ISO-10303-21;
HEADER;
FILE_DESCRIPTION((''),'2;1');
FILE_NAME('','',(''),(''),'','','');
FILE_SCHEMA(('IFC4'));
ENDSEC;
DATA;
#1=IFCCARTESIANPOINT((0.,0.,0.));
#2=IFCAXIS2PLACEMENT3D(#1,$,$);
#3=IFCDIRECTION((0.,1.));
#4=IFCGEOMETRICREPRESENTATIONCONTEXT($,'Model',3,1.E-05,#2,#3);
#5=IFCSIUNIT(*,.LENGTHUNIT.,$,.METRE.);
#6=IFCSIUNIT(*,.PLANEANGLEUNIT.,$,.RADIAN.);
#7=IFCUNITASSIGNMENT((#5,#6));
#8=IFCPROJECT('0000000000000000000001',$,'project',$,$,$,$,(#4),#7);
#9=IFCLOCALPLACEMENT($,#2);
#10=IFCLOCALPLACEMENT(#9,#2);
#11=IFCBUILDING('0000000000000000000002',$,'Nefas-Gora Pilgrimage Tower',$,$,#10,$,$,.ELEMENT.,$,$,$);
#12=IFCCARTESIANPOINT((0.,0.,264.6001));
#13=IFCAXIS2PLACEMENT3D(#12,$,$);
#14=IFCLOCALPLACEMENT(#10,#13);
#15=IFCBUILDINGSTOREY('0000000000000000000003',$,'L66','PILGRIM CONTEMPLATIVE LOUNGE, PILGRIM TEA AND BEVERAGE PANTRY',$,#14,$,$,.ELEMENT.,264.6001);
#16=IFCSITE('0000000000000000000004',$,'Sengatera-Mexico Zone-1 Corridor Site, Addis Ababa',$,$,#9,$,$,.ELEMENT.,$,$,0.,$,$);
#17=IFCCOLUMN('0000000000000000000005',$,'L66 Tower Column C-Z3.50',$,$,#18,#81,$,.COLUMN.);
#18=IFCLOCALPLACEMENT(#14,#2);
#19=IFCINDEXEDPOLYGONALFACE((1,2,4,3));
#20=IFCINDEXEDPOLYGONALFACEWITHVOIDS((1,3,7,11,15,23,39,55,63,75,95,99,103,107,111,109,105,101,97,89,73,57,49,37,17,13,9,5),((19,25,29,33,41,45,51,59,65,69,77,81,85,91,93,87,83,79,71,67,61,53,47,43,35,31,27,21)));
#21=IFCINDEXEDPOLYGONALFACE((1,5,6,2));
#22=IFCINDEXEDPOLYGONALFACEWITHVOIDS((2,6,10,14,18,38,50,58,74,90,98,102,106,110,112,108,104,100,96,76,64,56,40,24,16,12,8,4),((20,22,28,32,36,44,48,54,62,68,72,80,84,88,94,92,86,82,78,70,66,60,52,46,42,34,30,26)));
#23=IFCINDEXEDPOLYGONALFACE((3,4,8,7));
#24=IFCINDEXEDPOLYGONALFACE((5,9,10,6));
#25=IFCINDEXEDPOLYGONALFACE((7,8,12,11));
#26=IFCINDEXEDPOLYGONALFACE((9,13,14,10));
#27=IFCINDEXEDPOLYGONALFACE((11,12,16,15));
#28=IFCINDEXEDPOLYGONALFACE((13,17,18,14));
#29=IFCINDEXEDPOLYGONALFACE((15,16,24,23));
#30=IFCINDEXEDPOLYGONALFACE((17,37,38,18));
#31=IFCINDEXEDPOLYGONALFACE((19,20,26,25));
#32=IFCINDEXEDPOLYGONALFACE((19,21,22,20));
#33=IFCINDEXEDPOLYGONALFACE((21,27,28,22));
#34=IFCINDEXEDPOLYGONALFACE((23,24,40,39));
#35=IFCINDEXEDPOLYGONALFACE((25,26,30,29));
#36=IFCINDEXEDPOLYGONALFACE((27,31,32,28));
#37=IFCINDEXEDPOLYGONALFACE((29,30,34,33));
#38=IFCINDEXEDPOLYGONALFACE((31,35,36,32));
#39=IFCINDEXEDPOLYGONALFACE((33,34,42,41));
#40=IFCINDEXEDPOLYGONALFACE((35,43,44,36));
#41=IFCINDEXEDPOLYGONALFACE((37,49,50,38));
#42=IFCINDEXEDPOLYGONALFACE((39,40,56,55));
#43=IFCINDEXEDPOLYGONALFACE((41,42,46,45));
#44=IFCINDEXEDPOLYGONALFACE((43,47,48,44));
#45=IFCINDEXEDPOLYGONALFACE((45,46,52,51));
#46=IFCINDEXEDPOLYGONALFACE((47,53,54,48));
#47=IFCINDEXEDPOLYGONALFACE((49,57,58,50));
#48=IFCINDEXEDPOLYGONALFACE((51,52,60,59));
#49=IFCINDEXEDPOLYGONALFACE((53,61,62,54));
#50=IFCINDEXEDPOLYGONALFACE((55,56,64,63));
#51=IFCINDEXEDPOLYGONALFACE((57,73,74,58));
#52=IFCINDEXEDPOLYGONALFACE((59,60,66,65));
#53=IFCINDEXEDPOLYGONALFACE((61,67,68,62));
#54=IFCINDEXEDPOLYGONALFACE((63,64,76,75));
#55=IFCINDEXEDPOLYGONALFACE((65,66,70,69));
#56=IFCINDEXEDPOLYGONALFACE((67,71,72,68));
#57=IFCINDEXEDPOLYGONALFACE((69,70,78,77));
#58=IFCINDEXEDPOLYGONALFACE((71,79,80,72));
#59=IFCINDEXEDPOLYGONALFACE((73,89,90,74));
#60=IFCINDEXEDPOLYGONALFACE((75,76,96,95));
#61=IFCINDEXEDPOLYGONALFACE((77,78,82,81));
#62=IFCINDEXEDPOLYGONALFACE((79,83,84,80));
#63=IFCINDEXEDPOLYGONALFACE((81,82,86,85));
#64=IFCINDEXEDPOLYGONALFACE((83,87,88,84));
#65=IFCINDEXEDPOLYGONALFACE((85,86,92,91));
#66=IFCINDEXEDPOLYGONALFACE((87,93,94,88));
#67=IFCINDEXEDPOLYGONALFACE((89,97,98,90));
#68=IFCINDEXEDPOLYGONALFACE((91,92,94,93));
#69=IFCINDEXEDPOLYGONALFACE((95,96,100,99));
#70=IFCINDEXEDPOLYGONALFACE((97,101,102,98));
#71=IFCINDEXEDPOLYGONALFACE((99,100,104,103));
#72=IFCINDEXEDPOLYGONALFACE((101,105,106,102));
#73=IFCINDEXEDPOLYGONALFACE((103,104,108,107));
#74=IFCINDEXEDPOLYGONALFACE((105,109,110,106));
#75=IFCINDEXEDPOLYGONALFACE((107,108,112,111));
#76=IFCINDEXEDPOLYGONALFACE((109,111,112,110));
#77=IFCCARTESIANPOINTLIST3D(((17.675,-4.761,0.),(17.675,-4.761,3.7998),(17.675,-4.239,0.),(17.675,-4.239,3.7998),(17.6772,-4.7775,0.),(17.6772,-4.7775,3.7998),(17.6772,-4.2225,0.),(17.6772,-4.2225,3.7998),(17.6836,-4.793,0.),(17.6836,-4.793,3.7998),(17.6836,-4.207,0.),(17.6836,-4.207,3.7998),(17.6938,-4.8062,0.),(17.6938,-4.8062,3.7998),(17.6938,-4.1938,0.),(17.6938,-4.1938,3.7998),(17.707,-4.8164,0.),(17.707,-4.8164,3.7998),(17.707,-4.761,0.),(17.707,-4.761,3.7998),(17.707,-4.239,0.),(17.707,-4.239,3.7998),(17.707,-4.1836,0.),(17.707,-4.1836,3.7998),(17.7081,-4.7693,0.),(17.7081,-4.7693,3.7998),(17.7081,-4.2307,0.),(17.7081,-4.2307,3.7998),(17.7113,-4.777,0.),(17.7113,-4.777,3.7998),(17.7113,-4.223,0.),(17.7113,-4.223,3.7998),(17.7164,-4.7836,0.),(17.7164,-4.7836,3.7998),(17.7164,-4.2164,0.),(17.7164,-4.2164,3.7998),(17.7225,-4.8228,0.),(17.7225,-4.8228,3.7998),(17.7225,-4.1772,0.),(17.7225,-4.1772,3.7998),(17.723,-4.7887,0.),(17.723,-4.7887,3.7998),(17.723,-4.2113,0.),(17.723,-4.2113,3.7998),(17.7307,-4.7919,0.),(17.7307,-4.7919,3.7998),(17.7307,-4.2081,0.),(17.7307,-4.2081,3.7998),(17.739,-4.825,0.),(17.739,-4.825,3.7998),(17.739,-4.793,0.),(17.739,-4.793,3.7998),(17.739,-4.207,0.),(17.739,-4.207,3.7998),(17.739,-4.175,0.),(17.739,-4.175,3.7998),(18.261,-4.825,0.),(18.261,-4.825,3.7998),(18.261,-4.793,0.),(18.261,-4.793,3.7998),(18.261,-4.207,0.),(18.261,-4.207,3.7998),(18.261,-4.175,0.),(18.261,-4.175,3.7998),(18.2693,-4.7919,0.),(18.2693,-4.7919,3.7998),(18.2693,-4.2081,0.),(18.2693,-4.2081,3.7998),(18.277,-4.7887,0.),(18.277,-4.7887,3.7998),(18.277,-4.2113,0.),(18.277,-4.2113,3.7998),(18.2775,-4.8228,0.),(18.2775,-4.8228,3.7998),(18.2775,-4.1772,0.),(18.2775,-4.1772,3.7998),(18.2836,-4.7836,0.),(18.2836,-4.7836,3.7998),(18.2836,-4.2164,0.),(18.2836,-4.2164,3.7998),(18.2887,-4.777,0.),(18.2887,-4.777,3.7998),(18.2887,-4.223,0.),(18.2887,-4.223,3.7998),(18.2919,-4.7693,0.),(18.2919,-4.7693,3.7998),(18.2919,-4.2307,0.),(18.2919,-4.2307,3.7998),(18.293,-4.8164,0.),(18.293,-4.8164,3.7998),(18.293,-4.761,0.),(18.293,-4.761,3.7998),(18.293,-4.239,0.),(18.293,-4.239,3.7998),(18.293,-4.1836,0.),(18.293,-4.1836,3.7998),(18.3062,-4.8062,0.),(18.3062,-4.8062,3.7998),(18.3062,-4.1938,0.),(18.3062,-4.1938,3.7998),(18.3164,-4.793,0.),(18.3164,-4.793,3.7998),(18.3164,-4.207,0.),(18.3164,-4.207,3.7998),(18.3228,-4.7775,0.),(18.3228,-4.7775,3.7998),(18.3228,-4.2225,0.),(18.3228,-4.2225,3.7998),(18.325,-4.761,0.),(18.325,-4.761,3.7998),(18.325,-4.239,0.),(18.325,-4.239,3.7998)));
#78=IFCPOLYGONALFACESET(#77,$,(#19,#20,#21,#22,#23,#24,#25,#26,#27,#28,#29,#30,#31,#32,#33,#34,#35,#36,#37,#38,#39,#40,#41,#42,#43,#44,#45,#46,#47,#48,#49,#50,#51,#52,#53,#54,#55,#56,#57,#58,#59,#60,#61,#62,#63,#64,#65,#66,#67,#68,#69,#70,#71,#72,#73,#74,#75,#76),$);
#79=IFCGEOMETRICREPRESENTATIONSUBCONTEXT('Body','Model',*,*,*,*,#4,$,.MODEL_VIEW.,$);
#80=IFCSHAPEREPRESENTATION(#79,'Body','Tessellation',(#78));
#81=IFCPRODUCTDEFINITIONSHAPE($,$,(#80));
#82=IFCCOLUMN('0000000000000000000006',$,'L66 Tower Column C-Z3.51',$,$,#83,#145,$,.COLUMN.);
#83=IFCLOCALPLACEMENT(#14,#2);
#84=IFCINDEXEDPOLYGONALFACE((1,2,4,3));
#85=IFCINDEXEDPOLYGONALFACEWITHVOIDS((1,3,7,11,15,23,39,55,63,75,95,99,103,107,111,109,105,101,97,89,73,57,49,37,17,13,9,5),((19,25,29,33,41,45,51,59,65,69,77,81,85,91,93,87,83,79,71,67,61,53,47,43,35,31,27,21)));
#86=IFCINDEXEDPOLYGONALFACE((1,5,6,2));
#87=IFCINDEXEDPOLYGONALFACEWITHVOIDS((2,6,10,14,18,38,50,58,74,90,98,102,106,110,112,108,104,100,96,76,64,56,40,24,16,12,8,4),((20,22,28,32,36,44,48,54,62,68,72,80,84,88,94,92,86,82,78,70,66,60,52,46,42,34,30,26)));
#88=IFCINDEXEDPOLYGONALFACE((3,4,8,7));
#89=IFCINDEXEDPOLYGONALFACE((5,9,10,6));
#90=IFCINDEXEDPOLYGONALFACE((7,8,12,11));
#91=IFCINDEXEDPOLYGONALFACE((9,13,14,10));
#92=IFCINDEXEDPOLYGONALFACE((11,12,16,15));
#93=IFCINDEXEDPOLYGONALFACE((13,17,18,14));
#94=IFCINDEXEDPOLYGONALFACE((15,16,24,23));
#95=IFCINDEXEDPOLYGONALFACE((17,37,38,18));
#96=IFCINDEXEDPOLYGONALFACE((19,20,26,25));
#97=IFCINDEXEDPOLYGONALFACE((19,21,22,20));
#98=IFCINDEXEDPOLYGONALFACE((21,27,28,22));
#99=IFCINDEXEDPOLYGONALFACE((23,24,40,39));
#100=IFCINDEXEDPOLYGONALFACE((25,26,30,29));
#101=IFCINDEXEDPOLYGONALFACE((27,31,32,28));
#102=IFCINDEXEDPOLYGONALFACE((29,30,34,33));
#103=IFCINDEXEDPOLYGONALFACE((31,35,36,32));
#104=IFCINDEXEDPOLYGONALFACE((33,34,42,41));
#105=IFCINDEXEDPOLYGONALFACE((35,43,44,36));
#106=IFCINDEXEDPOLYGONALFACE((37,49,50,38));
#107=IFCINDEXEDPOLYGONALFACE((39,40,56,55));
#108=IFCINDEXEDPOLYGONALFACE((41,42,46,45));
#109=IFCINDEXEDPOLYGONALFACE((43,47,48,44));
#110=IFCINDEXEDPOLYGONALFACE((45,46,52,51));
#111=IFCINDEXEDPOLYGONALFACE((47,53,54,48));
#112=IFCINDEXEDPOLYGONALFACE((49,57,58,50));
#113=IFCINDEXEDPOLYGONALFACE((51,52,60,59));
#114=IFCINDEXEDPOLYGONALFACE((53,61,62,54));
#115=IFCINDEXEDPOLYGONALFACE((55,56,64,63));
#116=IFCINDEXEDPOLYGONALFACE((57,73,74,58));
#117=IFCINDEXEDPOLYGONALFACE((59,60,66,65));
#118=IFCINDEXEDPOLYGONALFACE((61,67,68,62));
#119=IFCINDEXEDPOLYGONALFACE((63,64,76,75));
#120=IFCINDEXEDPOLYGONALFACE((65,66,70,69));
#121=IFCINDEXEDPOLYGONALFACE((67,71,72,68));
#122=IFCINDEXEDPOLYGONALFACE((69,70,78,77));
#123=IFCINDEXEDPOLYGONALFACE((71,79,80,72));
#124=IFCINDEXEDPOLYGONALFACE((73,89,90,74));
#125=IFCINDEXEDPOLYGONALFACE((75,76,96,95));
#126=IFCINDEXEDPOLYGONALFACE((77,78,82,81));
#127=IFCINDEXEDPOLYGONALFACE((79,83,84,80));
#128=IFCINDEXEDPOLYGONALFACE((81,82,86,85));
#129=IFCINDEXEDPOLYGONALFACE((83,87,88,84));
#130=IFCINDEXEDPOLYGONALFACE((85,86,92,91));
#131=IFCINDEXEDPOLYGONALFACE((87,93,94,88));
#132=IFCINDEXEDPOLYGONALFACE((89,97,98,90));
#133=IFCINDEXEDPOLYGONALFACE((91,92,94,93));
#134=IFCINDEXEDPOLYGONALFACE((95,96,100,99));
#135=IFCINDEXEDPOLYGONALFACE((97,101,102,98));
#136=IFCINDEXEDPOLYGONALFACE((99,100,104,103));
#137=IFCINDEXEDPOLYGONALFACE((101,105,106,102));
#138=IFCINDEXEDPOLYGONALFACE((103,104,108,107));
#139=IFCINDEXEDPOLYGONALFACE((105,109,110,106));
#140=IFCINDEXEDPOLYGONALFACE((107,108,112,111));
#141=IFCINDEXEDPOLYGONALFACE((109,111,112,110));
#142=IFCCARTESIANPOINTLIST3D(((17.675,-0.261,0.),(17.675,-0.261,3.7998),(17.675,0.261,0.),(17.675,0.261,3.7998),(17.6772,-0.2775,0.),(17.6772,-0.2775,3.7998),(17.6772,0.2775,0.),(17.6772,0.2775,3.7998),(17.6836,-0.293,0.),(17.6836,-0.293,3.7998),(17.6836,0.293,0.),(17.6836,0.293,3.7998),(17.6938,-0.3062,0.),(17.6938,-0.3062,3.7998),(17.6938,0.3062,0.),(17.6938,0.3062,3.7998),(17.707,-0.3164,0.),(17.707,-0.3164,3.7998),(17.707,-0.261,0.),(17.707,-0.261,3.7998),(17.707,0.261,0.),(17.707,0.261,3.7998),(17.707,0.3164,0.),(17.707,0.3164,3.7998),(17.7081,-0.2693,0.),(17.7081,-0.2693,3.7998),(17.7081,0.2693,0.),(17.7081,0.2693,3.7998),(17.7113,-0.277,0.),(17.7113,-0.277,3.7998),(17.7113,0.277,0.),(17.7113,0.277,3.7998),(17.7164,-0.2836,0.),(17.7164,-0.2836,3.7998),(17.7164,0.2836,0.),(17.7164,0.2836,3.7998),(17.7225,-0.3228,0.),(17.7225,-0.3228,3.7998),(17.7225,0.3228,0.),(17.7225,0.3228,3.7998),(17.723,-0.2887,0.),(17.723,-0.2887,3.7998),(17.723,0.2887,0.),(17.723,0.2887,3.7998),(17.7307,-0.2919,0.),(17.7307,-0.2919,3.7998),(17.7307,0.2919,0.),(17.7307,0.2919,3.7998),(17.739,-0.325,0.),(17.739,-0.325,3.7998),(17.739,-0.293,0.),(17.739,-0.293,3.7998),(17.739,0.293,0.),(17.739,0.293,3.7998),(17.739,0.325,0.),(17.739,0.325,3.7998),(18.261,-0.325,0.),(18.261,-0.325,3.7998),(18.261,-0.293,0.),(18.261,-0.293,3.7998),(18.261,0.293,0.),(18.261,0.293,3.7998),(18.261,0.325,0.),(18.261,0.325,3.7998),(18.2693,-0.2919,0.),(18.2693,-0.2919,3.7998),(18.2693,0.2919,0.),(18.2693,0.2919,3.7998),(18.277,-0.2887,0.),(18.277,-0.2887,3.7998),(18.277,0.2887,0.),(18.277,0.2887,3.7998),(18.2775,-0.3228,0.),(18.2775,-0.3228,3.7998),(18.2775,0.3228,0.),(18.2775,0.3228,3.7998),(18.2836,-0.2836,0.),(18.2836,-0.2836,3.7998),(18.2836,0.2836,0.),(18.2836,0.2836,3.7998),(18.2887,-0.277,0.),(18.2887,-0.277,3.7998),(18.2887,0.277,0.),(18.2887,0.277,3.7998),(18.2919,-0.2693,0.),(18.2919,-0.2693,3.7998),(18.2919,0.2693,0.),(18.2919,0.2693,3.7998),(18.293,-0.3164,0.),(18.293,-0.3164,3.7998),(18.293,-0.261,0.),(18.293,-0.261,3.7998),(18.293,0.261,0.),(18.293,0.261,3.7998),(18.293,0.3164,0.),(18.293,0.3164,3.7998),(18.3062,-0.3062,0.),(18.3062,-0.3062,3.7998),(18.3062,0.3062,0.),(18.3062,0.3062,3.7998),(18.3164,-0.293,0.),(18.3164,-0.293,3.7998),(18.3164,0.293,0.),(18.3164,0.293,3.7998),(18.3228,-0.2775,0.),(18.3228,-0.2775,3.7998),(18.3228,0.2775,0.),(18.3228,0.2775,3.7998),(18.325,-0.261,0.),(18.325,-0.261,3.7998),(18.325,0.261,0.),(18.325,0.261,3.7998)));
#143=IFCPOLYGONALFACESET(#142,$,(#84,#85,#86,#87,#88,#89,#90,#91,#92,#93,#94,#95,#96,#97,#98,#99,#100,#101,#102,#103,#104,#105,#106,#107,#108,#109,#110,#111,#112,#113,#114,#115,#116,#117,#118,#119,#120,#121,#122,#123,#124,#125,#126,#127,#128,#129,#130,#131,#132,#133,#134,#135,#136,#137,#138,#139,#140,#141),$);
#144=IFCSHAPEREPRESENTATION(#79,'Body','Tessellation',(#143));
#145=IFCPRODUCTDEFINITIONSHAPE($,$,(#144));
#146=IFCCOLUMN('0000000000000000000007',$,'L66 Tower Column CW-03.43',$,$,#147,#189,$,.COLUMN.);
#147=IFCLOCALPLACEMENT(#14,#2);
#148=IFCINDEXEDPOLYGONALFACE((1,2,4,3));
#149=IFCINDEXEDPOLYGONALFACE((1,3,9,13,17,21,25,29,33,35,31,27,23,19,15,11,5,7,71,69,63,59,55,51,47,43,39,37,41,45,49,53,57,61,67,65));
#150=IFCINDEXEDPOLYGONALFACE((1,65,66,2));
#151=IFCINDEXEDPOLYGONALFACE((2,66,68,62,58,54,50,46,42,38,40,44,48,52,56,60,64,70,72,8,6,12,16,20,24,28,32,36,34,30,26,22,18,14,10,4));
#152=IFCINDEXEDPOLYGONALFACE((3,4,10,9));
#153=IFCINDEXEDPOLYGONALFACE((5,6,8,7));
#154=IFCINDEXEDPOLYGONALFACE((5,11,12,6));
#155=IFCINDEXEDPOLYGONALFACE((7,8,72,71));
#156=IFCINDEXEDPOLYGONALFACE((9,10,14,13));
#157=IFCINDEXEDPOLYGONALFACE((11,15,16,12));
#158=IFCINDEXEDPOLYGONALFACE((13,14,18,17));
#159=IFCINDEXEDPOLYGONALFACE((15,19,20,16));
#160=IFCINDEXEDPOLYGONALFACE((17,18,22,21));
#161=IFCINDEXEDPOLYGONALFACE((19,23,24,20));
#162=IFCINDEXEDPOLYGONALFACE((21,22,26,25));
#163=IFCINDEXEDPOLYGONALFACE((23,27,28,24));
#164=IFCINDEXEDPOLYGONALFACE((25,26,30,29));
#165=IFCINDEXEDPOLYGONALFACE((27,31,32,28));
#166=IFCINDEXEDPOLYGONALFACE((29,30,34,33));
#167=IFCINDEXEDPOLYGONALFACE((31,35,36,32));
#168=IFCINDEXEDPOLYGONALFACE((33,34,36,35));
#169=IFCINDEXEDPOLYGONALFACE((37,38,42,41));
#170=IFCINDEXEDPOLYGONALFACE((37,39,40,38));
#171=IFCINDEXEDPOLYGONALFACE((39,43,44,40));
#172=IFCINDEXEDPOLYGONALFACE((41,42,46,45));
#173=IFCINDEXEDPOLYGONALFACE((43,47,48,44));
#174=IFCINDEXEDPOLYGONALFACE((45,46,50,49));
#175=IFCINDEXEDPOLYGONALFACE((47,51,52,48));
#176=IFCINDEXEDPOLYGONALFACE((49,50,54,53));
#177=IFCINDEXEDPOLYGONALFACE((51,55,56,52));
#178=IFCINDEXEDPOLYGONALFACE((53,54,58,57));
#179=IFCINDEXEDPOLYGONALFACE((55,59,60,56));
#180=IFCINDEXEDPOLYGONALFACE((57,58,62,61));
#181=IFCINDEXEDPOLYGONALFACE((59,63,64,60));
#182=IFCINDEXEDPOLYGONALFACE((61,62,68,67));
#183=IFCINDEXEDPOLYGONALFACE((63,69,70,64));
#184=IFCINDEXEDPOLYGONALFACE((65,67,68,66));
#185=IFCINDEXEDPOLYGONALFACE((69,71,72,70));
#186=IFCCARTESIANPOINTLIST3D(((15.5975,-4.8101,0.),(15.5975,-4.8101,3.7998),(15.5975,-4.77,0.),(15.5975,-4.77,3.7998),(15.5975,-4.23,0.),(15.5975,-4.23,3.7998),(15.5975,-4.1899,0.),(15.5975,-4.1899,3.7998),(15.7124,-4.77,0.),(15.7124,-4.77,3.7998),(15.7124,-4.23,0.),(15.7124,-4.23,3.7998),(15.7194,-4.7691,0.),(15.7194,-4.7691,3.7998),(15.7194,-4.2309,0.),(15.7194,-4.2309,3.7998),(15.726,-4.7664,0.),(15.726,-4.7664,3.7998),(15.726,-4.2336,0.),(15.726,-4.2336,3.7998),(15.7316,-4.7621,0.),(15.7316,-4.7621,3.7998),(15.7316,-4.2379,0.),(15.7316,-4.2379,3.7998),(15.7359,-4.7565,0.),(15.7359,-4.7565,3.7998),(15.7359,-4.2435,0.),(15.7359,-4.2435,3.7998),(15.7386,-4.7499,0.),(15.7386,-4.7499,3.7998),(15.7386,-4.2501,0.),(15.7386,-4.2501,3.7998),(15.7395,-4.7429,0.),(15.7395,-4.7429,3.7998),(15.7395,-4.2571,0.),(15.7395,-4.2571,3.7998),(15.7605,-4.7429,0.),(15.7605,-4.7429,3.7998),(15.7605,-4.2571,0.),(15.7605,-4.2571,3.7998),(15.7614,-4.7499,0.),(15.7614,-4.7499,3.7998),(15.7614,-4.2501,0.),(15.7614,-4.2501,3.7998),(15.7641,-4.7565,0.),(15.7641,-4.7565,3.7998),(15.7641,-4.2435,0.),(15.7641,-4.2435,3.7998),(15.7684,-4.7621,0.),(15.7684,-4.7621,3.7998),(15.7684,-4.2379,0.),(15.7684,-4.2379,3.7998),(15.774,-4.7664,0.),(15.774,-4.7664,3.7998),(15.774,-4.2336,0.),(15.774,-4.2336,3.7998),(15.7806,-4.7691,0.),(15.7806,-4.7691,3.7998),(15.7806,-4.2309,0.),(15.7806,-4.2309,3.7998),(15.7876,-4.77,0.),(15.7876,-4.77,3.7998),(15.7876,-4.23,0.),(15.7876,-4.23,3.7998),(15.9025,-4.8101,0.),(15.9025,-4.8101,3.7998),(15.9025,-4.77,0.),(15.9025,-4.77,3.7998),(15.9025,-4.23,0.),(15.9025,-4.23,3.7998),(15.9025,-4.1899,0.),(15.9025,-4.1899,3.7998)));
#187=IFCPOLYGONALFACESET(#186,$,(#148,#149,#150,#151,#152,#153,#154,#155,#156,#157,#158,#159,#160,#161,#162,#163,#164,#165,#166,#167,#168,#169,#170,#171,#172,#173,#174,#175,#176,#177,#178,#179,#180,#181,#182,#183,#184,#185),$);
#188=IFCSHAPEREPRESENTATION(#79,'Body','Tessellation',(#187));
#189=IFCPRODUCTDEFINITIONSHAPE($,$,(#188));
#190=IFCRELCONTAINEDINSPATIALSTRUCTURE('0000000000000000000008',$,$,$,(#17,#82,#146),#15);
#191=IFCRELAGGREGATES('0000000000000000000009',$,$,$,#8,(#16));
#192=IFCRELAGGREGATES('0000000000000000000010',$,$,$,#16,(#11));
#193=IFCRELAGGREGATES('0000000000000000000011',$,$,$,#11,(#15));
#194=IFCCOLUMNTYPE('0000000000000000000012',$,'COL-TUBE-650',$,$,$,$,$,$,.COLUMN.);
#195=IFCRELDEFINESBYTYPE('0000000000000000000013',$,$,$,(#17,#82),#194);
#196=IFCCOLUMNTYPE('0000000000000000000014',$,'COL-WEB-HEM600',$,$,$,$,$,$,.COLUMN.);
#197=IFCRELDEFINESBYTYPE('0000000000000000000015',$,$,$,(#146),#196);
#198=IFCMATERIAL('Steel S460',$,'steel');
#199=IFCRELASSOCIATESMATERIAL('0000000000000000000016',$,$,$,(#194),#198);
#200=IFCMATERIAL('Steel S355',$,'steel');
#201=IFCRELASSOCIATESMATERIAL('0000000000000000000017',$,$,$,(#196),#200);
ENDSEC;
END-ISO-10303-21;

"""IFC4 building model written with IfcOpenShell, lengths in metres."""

from ifc_helpers import new_model, si_unit, direction, frame, origin, origin_2d, place, context, subcontext, project, spatial, hollow_rectangle, i_section, extrude, source, transform, mapped, material, material_profile, profile_set, type_object, element, save


model = new_model("IFC4")

# Units and contexts
model_context = context("Model", 3, precision=1e-05, world=origin(), true_north=direction((0.0, 1.0)))
body_context = subcontext(model_context, "Body", "Model", "MODEL_VIEW")
ifc_project = project(units=[si_unit("LENGTHUNIT", "METRE"), si_unit("PLANEANGLEUNIT", "RADIAN")], contexts=[model_context])

# Site, building, storey
site_placement = place(None, origin())
site = spatial("IfcSite", under=ifc_project, at=site_placement, Name="Sengatera-Mexico Zone-1 Corridor Site, Addis Ababa", CompositionType="ELEMENT", RefElevation=0.0)
building_placement = place(site_placement, origin())
building = spatial("IfcBuilding", under=site, at=building_placement, Name="Nefas-Gora Pilgrimage Tower", CompositionType="ELEMENT")
storey_placement = place(building_placement, frame((0.0, 0.0, 264.6001)))
storey = spatial("IfcBuildingStorey", under=building, at=storey_placement, Name="L66", Description="PILGRIM CONTEMPLATIVE LOUNGE, PILGRIM TEA AND BEVERAGE PANTRY", CompositionType="ELEMENT", Elevation=264.6001)

# Columns
ifc_material_1 = material(Name="Steel S460", Category="steel")
ifc_material_profile_1 = material_profile(ifc_material_1, hollow_rectangle(XDim=0.6499, YDim=0.6499, WallThickness=0.032, InnerFilletRadius=0.032, OuterFilletRadius=0.064, at=origin_2d()), Name="BOX 650x650x32")
ifc_profile_set_1 = profile_set([ifc_material_profile_1], Name="Steel S460")
column_type_1 = type_object("IfcColumnType", Name="COL-TUBE-650", PredefinedType="COLUMN", material=ifc_profile_set_1)
shared_shape_1 = source(origin(), body_context, "Body", "SweptSolid", [
    extrude(hollow_rectangle(XDim=0.6499, YDim=0.6499, WallThickness=0.032, InnerFilletRadius=0.032, OuterFilletRadius=0.064, at=origin_2d()), origin(), (0.0, 0.0, 1.0), 3.7998),
])
for number, where, z_axis, x_axis, name in (
    (1, (18.0, -4.5, 0.0), (0.0, 0.0, 1.0), (1.0, 0.0, 0.0), "L66 Tower Column C-Z3.50"),
    (2, (18.0, 0.0, 0.0), (0.0, 0.0, 1.0), (1.0, 0.0, 0.0), "L66 Tower Column C-Z3.51"),
):
    element("IfcColumn", number, at=place(storey_placement, frame(where, z_axis=z_axis, x_axis=x_axis)), inside=storey, type_object=column_type_1, Name=name, PredefinedType="COLUMN", context=body_context, shape_type="MappedRepresentation", body=[
        mapped(shared_shape_1, transform((0.0, 0.0, 0.0), x_axis=(1.0, 0.0, 0.0), y_axis=(0.0, 1.0, 0.0), z_axis=(0.0, 0.0, 1.0), scale=1.0)),
    ])
ifc_material_2 = material(Name="Steel S355", Category="steel")
ifc_material_profile_2 = material_profile(ifc_material_2, i_section(OverallWidth=0.3049, OverallDepth=0.6201, WebThickness=0.021, FlangeThickness=0.04, FilletRadius=0.0271, at=origin_2d()), Name="HEM 600")
ifc_profile_set_2 = profile_set([ifc_material_profile_2], Name="Steel S355")
column_type_2 = type_object("IfcColumnType", Name="COL-WEB-HEM600", PredefinedType="COLUMN", material=ifc_profile_set_2)
shared_shape_2 = source(origin(), body_context, "Body", "SweptSolid", [
    extrude(i_section(OverallWidth=0.3049, OverallDepth=0.6201, WebThickness=0.021, FlangeThickness=0.04, FilletRadius=0.0271, at=origin_2d()), origin(), (0.0, 0.0, 1.0), 3.7998),
])
for number, where, z_axis, x_axis, name in (
    (3, (15.75, -4.5, 0.0), (0.0, 0.0, 1.0), (1.0, 0.0, 0.0), "L66 Tower Column CW-03.43"),
):
    element("IfcColumn", number, at=place(storey_placement, frame(where, z_axis=z_axis, x_axis=x_axis)), inside=storey, type_object=column_type_2, Name=name, PredefinedType="COLUMN", context=body_context, shape_type="MappedRepresentation", body=[
        mapped(shared_shape_2, transform((0.0, 0.0, 0.0), x_axis=(1.0, 0.0, 0.0), y_axis=(0.0, 1.0, 0.0), z_axis=(0.0, 0.0, 1.0), scale=1.0)),
    ])

save(model, "model.ifc")
